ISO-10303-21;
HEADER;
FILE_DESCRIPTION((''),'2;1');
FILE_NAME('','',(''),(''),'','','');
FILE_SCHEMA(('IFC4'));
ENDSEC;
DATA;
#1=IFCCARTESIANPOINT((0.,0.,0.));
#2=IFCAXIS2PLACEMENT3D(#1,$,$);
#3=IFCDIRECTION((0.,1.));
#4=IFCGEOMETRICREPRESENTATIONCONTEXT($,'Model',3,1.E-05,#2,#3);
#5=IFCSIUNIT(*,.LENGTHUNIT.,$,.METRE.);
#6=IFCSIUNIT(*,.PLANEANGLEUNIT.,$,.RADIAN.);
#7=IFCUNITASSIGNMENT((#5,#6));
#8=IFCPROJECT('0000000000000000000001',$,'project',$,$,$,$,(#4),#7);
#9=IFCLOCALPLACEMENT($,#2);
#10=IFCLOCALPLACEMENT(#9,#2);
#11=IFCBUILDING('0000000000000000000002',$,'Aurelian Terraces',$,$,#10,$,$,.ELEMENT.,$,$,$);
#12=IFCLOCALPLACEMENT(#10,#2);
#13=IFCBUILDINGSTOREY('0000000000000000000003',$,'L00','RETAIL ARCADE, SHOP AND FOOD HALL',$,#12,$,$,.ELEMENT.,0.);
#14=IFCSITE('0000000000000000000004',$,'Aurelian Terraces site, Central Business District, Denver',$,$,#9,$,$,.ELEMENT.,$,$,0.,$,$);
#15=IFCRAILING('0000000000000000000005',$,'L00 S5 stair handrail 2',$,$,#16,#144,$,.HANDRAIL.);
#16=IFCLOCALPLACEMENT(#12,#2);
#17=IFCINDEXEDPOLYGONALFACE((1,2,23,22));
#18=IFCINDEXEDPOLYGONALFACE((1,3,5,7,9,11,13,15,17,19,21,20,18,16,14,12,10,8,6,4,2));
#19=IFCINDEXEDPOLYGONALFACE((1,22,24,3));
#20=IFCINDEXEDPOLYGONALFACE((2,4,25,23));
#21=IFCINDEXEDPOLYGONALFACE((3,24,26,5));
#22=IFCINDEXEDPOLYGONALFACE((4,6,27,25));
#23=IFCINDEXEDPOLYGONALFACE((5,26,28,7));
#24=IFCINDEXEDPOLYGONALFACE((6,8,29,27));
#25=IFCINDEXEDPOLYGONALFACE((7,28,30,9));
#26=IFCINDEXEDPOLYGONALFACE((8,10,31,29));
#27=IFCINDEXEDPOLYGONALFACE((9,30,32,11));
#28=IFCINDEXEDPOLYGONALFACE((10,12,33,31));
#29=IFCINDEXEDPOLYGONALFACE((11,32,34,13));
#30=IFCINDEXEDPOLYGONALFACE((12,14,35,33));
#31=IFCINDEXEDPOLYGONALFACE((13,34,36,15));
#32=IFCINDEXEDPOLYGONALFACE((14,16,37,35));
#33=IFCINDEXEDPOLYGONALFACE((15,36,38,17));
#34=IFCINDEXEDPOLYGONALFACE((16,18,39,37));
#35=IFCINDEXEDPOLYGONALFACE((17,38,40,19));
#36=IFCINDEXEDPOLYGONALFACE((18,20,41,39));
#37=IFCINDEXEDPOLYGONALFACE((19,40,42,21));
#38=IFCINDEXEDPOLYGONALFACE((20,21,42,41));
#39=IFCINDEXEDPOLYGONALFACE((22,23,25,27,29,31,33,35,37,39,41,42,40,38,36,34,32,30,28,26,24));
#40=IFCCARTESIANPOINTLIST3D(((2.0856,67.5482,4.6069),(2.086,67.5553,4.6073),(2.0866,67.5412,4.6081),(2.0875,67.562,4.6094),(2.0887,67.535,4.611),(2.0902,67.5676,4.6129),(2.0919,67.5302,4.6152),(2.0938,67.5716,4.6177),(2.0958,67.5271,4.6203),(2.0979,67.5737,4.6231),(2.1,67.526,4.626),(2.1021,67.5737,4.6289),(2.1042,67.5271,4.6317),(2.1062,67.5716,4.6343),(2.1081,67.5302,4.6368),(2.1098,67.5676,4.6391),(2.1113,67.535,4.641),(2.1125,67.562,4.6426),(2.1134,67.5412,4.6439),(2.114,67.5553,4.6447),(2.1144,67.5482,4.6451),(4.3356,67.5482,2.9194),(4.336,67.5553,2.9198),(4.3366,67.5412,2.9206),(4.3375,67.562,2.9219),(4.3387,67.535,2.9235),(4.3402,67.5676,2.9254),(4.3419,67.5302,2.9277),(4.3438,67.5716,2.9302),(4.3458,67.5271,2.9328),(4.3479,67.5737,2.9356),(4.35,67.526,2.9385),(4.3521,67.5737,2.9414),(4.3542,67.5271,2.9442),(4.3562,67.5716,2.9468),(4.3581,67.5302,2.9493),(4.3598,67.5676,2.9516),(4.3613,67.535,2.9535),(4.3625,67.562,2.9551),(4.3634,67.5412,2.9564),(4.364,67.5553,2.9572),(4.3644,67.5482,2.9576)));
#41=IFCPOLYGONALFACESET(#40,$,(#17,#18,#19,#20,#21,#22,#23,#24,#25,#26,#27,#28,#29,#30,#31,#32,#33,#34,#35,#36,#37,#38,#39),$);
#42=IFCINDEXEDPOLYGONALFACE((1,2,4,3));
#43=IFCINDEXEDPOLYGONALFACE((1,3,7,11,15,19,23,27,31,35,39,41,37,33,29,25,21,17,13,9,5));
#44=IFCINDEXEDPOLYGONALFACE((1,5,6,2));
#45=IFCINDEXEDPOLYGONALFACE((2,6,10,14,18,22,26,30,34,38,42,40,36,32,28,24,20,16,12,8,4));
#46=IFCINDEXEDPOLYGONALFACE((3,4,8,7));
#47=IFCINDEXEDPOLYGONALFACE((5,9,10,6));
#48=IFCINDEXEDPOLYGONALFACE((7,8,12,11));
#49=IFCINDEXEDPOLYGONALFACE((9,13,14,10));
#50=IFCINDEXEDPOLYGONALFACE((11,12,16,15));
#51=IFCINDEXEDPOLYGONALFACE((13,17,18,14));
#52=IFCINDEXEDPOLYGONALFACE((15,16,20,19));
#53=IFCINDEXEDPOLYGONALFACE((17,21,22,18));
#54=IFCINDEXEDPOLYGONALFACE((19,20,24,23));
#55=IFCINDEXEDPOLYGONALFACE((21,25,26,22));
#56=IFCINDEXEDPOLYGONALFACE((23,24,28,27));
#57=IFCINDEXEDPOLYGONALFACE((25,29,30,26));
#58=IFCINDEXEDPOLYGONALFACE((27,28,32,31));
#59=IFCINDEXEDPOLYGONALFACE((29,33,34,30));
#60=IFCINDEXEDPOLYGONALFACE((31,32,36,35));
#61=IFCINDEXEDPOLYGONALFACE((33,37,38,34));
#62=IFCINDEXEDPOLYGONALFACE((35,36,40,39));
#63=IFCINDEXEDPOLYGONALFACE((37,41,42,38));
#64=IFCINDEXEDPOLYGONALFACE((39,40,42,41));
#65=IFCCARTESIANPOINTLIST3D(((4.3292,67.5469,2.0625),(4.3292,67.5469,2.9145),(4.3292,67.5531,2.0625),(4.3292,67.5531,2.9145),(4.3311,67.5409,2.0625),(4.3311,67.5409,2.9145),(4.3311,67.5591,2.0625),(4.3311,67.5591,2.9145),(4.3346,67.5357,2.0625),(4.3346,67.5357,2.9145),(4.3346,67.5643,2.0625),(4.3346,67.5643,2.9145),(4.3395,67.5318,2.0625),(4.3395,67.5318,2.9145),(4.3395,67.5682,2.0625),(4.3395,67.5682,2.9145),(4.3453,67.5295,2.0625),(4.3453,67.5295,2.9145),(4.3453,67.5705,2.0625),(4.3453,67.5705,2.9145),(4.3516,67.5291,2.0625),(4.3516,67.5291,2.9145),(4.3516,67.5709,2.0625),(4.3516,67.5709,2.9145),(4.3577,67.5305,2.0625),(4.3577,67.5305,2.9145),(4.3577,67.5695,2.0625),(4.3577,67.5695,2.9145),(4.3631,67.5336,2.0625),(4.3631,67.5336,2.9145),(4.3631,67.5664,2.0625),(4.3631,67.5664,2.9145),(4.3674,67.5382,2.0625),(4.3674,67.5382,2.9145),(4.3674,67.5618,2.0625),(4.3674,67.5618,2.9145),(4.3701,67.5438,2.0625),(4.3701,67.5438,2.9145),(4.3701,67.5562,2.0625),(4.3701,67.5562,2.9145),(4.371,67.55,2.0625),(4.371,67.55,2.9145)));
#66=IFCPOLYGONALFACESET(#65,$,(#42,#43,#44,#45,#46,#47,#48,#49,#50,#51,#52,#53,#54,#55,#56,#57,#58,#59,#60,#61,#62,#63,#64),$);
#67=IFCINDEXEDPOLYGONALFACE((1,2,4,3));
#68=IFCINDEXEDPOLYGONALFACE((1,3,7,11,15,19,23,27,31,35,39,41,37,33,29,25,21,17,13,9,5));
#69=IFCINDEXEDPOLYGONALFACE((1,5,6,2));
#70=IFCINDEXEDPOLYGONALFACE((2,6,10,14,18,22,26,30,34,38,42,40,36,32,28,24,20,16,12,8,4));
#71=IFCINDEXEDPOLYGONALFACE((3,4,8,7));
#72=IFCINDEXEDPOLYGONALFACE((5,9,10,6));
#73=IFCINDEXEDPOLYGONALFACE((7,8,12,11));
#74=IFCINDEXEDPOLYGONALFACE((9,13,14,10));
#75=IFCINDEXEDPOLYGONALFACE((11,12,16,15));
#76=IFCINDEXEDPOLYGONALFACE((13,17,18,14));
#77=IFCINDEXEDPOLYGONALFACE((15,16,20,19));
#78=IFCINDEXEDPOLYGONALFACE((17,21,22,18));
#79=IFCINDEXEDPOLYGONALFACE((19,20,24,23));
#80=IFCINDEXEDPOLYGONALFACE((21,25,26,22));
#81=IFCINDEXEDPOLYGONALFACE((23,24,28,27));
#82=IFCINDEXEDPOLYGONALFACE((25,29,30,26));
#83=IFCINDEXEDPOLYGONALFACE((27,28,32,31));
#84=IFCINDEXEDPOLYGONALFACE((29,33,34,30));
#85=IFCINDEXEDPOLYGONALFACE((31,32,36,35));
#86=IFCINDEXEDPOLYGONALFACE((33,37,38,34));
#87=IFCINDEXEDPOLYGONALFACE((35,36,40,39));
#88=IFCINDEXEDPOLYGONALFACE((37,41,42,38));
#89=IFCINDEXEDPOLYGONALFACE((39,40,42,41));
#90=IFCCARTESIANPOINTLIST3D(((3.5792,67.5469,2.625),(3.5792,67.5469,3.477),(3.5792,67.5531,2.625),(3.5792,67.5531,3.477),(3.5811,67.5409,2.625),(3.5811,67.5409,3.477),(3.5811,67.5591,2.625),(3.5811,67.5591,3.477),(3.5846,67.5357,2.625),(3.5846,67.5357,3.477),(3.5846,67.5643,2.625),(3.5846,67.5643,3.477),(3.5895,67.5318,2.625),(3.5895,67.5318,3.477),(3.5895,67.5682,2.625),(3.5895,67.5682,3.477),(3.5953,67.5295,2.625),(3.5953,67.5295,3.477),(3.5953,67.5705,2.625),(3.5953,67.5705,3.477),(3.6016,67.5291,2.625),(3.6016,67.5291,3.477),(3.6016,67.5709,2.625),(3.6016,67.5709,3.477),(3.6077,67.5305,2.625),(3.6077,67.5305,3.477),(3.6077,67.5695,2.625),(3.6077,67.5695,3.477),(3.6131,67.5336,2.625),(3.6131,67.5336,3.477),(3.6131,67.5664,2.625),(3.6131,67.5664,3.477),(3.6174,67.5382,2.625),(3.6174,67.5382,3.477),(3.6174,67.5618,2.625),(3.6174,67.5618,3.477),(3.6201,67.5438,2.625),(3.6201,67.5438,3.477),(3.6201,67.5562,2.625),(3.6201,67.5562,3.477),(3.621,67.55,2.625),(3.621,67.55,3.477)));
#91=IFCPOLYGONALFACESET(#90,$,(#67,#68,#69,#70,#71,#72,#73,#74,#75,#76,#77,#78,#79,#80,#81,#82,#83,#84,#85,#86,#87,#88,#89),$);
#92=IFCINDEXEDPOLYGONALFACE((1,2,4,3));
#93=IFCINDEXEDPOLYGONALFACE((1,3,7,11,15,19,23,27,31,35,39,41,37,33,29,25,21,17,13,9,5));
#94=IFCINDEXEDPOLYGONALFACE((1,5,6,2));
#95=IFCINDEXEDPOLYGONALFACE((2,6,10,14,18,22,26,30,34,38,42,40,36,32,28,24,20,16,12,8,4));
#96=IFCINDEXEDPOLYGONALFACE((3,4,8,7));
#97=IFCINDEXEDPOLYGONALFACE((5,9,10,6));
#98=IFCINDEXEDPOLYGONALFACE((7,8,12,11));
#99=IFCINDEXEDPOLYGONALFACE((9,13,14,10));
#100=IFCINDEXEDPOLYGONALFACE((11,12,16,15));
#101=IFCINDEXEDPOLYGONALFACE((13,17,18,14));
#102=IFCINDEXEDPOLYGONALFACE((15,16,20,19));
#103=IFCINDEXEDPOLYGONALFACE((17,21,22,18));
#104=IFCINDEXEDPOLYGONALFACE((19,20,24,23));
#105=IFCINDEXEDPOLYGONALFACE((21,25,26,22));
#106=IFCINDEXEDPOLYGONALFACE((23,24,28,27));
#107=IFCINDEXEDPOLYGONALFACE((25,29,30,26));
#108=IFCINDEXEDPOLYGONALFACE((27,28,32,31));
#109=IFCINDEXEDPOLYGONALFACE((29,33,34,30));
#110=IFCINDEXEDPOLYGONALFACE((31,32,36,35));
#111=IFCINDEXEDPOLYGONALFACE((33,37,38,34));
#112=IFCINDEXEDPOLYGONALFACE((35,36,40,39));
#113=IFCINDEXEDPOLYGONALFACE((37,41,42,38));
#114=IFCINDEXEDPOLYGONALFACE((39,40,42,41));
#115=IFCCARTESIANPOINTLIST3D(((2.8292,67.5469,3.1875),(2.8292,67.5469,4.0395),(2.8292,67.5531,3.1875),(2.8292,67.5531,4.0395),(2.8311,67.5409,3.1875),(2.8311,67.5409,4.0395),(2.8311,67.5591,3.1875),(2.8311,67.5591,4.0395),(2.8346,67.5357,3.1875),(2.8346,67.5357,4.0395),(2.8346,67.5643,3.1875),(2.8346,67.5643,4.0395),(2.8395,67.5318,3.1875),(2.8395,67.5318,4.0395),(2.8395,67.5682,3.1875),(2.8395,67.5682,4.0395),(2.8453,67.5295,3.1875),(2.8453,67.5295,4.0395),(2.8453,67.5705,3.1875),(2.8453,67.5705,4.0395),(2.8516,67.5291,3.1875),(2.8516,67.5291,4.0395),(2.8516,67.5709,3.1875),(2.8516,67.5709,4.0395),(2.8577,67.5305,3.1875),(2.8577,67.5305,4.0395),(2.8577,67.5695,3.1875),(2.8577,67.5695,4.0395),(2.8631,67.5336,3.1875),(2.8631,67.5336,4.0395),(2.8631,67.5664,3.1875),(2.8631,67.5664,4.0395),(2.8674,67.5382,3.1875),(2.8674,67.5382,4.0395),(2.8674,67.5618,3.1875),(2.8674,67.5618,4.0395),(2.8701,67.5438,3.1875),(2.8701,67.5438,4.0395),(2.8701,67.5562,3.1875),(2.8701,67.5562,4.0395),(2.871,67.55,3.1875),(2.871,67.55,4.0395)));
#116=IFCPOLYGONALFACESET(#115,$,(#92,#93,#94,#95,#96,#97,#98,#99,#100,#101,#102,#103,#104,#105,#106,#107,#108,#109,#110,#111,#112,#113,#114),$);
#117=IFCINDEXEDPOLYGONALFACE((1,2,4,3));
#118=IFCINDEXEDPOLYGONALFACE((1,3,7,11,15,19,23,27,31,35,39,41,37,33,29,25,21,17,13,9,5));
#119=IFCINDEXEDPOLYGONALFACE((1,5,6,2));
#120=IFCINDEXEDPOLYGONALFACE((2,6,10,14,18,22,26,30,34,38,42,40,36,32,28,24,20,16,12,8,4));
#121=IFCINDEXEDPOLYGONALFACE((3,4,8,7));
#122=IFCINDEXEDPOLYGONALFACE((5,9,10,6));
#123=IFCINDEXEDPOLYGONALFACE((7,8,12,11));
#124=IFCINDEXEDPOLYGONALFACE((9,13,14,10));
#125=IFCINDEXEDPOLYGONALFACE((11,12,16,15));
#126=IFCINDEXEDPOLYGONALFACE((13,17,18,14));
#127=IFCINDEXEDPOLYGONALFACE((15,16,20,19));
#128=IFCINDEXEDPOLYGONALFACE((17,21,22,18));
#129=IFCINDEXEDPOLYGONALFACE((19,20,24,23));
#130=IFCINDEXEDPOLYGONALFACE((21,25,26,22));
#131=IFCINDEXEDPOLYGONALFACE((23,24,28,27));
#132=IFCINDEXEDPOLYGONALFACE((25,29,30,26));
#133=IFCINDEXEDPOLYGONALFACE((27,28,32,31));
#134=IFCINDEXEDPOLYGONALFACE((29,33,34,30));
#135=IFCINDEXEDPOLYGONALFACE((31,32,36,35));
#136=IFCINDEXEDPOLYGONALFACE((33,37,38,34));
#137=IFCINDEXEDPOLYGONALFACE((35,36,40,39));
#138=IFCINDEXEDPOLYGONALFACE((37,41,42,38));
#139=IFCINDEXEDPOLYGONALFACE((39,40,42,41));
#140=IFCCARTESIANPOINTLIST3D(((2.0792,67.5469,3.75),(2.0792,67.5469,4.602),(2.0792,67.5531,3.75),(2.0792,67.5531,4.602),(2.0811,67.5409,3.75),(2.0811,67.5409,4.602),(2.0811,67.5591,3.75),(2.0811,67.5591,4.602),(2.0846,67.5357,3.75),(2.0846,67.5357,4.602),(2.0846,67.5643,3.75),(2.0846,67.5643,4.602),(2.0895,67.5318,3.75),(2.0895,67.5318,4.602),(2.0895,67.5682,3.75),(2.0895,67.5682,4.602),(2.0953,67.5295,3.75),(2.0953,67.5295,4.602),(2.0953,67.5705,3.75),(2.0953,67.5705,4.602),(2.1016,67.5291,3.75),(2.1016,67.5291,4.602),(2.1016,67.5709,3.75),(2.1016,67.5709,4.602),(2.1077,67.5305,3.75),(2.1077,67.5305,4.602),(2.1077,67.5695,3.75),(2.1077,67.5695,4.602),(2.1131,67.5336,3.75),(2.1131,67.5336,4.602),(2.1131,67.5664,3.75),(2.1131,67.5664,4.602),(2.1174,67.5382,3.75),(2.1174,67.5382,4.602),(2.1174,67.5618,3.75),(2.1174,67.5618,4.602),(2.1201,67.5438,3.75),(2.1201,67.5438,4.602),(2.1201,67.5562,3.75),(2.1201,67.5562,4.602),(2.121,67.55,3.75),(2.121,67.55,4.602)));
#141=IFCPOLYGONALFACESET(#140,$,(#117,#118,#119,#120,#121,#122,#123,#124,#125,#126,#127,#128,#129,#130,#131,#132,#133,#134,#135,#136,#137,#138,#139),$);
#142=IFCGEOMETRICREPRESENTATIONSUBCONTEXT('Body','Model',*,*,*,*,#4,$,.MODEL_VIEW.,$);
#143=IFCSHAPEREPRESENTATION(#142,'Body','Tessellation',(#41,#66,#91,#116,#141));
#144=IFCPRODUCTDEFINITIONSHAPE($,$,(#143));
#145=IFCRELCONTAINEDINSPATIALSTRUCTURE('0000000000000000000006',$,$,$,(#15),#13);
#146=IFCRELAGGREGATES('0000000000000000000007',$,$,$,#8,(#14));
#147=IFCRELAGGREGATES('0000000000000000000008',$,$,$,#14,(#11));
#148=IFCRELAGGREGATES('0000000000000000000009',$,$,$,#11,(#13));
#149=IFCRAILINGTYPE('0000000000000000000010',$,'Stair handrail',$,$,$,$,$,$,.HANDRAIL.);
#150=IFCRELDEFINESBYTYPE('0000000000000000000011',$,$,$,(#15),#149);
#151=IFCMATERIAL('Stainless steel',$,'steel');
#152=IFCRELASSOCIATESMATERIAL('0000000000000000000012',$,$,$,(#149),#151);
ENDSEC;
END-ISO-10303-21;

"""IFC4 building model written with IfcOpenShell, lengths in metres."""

from ifc_helpers import new_model, si_unit, direction, frame, origin, origin_2d, place, context, subcontext, project, spatial, circle, extrude, source, transform, mapped, material, type_object, element, save


model = new_model("IFC4")

# Units and contexts
model_context = context("Model", 3, precision=1e-05, world=origin(), true_north=direction((0.0, 1.0)))
body_context = subcontext(model_context, "Body", "Model", "MODEL_VIEW")
ifc_project = project(units=[si_unit("LENGTHUNIT", "METRE"), si_unit("PLANEANGLEUNIT", "RADIAN")], contexts=[model_context])

# Site, building, storey
site_placement = place(None, origin())
site = spatial("IfcSite", under=ifc_project, at=site_placement, Name="Aurelian Terraces site, Central Business District, Denver", CompositionType="ELEMENT", RefElevation=0.0)
building_placement = place(site_placement, origin())
building = spatial("IfcBuilding", under=site, at=building_placement, Name="Aurelian Terraces", CompositionType="ELEMENT")
storey_placement = place(building_placement, origin())
storey = spatial("IfcBuildingStorey", under=building, at=storey_placement, Name="L00", Description="RETAIL ARCADE, SHOP AND FOOD HALL", CompositionType="ELEMENT", Elevation=0.0)

# Railing
ifc_material_1 = material(Name="Stainless steel", Category="steel")
railing_type_1 = type_object("IfcRailingType", Name="Stair handrail", PredefinedType="HANDRAIL", material=ifc_material_1)
shared_shape_1 = source(origin(), body_context, "Body", "SweptSolid", [
    extrude(circle(Radius=0.024, at=origin_2d()), frame((0.0, 0.0, 0.876), z_axis=(-0.8, 0.0, 0.6), x_axis=(0.0, -1.0, 0.0)), (0.0, 0.0, 1.0), 2.8125),
    extrude(circle(Radius=0.021, at=origin_2d()), origin(), (0.0, 0.0, 1.0), 0.852),
    extrude(circle(Radius=0.021, at=origin_2d()), frame((-0.75, 0.0, 0.5625)), (0.0, 0.0, 1.0), 0.852),
    extrude(circle(Radius=0.021, at=origin_2d()), frame((-1.5, 0.0, 1.125)), (0.0, 0.0, 1.0), 0.852),
    extrude(circle(Radius=0.021, at=origin_2d()), frame((-2.25, 0.0, 1.6875)), (0.0, 0.0, 1.0), 0.852),
])
for number, where, name in (
    (1, (4.35, 67.55, 2.0625), "L00 S5 stair handrail 2"),
):
    element("IfcRailing", number, at=place(storey_placement, frame(where)), inside=storey, type_object=railing_type_1, Name=name, PredefinedType="HANDRAIL", context=body_context, shape_type="MappedRepresentation", body=[
        mapped(shared_shape_1, transform((0.0, 0.0, 0.0), scale=1.0)),
    ])

save(model, "model.ifc")
